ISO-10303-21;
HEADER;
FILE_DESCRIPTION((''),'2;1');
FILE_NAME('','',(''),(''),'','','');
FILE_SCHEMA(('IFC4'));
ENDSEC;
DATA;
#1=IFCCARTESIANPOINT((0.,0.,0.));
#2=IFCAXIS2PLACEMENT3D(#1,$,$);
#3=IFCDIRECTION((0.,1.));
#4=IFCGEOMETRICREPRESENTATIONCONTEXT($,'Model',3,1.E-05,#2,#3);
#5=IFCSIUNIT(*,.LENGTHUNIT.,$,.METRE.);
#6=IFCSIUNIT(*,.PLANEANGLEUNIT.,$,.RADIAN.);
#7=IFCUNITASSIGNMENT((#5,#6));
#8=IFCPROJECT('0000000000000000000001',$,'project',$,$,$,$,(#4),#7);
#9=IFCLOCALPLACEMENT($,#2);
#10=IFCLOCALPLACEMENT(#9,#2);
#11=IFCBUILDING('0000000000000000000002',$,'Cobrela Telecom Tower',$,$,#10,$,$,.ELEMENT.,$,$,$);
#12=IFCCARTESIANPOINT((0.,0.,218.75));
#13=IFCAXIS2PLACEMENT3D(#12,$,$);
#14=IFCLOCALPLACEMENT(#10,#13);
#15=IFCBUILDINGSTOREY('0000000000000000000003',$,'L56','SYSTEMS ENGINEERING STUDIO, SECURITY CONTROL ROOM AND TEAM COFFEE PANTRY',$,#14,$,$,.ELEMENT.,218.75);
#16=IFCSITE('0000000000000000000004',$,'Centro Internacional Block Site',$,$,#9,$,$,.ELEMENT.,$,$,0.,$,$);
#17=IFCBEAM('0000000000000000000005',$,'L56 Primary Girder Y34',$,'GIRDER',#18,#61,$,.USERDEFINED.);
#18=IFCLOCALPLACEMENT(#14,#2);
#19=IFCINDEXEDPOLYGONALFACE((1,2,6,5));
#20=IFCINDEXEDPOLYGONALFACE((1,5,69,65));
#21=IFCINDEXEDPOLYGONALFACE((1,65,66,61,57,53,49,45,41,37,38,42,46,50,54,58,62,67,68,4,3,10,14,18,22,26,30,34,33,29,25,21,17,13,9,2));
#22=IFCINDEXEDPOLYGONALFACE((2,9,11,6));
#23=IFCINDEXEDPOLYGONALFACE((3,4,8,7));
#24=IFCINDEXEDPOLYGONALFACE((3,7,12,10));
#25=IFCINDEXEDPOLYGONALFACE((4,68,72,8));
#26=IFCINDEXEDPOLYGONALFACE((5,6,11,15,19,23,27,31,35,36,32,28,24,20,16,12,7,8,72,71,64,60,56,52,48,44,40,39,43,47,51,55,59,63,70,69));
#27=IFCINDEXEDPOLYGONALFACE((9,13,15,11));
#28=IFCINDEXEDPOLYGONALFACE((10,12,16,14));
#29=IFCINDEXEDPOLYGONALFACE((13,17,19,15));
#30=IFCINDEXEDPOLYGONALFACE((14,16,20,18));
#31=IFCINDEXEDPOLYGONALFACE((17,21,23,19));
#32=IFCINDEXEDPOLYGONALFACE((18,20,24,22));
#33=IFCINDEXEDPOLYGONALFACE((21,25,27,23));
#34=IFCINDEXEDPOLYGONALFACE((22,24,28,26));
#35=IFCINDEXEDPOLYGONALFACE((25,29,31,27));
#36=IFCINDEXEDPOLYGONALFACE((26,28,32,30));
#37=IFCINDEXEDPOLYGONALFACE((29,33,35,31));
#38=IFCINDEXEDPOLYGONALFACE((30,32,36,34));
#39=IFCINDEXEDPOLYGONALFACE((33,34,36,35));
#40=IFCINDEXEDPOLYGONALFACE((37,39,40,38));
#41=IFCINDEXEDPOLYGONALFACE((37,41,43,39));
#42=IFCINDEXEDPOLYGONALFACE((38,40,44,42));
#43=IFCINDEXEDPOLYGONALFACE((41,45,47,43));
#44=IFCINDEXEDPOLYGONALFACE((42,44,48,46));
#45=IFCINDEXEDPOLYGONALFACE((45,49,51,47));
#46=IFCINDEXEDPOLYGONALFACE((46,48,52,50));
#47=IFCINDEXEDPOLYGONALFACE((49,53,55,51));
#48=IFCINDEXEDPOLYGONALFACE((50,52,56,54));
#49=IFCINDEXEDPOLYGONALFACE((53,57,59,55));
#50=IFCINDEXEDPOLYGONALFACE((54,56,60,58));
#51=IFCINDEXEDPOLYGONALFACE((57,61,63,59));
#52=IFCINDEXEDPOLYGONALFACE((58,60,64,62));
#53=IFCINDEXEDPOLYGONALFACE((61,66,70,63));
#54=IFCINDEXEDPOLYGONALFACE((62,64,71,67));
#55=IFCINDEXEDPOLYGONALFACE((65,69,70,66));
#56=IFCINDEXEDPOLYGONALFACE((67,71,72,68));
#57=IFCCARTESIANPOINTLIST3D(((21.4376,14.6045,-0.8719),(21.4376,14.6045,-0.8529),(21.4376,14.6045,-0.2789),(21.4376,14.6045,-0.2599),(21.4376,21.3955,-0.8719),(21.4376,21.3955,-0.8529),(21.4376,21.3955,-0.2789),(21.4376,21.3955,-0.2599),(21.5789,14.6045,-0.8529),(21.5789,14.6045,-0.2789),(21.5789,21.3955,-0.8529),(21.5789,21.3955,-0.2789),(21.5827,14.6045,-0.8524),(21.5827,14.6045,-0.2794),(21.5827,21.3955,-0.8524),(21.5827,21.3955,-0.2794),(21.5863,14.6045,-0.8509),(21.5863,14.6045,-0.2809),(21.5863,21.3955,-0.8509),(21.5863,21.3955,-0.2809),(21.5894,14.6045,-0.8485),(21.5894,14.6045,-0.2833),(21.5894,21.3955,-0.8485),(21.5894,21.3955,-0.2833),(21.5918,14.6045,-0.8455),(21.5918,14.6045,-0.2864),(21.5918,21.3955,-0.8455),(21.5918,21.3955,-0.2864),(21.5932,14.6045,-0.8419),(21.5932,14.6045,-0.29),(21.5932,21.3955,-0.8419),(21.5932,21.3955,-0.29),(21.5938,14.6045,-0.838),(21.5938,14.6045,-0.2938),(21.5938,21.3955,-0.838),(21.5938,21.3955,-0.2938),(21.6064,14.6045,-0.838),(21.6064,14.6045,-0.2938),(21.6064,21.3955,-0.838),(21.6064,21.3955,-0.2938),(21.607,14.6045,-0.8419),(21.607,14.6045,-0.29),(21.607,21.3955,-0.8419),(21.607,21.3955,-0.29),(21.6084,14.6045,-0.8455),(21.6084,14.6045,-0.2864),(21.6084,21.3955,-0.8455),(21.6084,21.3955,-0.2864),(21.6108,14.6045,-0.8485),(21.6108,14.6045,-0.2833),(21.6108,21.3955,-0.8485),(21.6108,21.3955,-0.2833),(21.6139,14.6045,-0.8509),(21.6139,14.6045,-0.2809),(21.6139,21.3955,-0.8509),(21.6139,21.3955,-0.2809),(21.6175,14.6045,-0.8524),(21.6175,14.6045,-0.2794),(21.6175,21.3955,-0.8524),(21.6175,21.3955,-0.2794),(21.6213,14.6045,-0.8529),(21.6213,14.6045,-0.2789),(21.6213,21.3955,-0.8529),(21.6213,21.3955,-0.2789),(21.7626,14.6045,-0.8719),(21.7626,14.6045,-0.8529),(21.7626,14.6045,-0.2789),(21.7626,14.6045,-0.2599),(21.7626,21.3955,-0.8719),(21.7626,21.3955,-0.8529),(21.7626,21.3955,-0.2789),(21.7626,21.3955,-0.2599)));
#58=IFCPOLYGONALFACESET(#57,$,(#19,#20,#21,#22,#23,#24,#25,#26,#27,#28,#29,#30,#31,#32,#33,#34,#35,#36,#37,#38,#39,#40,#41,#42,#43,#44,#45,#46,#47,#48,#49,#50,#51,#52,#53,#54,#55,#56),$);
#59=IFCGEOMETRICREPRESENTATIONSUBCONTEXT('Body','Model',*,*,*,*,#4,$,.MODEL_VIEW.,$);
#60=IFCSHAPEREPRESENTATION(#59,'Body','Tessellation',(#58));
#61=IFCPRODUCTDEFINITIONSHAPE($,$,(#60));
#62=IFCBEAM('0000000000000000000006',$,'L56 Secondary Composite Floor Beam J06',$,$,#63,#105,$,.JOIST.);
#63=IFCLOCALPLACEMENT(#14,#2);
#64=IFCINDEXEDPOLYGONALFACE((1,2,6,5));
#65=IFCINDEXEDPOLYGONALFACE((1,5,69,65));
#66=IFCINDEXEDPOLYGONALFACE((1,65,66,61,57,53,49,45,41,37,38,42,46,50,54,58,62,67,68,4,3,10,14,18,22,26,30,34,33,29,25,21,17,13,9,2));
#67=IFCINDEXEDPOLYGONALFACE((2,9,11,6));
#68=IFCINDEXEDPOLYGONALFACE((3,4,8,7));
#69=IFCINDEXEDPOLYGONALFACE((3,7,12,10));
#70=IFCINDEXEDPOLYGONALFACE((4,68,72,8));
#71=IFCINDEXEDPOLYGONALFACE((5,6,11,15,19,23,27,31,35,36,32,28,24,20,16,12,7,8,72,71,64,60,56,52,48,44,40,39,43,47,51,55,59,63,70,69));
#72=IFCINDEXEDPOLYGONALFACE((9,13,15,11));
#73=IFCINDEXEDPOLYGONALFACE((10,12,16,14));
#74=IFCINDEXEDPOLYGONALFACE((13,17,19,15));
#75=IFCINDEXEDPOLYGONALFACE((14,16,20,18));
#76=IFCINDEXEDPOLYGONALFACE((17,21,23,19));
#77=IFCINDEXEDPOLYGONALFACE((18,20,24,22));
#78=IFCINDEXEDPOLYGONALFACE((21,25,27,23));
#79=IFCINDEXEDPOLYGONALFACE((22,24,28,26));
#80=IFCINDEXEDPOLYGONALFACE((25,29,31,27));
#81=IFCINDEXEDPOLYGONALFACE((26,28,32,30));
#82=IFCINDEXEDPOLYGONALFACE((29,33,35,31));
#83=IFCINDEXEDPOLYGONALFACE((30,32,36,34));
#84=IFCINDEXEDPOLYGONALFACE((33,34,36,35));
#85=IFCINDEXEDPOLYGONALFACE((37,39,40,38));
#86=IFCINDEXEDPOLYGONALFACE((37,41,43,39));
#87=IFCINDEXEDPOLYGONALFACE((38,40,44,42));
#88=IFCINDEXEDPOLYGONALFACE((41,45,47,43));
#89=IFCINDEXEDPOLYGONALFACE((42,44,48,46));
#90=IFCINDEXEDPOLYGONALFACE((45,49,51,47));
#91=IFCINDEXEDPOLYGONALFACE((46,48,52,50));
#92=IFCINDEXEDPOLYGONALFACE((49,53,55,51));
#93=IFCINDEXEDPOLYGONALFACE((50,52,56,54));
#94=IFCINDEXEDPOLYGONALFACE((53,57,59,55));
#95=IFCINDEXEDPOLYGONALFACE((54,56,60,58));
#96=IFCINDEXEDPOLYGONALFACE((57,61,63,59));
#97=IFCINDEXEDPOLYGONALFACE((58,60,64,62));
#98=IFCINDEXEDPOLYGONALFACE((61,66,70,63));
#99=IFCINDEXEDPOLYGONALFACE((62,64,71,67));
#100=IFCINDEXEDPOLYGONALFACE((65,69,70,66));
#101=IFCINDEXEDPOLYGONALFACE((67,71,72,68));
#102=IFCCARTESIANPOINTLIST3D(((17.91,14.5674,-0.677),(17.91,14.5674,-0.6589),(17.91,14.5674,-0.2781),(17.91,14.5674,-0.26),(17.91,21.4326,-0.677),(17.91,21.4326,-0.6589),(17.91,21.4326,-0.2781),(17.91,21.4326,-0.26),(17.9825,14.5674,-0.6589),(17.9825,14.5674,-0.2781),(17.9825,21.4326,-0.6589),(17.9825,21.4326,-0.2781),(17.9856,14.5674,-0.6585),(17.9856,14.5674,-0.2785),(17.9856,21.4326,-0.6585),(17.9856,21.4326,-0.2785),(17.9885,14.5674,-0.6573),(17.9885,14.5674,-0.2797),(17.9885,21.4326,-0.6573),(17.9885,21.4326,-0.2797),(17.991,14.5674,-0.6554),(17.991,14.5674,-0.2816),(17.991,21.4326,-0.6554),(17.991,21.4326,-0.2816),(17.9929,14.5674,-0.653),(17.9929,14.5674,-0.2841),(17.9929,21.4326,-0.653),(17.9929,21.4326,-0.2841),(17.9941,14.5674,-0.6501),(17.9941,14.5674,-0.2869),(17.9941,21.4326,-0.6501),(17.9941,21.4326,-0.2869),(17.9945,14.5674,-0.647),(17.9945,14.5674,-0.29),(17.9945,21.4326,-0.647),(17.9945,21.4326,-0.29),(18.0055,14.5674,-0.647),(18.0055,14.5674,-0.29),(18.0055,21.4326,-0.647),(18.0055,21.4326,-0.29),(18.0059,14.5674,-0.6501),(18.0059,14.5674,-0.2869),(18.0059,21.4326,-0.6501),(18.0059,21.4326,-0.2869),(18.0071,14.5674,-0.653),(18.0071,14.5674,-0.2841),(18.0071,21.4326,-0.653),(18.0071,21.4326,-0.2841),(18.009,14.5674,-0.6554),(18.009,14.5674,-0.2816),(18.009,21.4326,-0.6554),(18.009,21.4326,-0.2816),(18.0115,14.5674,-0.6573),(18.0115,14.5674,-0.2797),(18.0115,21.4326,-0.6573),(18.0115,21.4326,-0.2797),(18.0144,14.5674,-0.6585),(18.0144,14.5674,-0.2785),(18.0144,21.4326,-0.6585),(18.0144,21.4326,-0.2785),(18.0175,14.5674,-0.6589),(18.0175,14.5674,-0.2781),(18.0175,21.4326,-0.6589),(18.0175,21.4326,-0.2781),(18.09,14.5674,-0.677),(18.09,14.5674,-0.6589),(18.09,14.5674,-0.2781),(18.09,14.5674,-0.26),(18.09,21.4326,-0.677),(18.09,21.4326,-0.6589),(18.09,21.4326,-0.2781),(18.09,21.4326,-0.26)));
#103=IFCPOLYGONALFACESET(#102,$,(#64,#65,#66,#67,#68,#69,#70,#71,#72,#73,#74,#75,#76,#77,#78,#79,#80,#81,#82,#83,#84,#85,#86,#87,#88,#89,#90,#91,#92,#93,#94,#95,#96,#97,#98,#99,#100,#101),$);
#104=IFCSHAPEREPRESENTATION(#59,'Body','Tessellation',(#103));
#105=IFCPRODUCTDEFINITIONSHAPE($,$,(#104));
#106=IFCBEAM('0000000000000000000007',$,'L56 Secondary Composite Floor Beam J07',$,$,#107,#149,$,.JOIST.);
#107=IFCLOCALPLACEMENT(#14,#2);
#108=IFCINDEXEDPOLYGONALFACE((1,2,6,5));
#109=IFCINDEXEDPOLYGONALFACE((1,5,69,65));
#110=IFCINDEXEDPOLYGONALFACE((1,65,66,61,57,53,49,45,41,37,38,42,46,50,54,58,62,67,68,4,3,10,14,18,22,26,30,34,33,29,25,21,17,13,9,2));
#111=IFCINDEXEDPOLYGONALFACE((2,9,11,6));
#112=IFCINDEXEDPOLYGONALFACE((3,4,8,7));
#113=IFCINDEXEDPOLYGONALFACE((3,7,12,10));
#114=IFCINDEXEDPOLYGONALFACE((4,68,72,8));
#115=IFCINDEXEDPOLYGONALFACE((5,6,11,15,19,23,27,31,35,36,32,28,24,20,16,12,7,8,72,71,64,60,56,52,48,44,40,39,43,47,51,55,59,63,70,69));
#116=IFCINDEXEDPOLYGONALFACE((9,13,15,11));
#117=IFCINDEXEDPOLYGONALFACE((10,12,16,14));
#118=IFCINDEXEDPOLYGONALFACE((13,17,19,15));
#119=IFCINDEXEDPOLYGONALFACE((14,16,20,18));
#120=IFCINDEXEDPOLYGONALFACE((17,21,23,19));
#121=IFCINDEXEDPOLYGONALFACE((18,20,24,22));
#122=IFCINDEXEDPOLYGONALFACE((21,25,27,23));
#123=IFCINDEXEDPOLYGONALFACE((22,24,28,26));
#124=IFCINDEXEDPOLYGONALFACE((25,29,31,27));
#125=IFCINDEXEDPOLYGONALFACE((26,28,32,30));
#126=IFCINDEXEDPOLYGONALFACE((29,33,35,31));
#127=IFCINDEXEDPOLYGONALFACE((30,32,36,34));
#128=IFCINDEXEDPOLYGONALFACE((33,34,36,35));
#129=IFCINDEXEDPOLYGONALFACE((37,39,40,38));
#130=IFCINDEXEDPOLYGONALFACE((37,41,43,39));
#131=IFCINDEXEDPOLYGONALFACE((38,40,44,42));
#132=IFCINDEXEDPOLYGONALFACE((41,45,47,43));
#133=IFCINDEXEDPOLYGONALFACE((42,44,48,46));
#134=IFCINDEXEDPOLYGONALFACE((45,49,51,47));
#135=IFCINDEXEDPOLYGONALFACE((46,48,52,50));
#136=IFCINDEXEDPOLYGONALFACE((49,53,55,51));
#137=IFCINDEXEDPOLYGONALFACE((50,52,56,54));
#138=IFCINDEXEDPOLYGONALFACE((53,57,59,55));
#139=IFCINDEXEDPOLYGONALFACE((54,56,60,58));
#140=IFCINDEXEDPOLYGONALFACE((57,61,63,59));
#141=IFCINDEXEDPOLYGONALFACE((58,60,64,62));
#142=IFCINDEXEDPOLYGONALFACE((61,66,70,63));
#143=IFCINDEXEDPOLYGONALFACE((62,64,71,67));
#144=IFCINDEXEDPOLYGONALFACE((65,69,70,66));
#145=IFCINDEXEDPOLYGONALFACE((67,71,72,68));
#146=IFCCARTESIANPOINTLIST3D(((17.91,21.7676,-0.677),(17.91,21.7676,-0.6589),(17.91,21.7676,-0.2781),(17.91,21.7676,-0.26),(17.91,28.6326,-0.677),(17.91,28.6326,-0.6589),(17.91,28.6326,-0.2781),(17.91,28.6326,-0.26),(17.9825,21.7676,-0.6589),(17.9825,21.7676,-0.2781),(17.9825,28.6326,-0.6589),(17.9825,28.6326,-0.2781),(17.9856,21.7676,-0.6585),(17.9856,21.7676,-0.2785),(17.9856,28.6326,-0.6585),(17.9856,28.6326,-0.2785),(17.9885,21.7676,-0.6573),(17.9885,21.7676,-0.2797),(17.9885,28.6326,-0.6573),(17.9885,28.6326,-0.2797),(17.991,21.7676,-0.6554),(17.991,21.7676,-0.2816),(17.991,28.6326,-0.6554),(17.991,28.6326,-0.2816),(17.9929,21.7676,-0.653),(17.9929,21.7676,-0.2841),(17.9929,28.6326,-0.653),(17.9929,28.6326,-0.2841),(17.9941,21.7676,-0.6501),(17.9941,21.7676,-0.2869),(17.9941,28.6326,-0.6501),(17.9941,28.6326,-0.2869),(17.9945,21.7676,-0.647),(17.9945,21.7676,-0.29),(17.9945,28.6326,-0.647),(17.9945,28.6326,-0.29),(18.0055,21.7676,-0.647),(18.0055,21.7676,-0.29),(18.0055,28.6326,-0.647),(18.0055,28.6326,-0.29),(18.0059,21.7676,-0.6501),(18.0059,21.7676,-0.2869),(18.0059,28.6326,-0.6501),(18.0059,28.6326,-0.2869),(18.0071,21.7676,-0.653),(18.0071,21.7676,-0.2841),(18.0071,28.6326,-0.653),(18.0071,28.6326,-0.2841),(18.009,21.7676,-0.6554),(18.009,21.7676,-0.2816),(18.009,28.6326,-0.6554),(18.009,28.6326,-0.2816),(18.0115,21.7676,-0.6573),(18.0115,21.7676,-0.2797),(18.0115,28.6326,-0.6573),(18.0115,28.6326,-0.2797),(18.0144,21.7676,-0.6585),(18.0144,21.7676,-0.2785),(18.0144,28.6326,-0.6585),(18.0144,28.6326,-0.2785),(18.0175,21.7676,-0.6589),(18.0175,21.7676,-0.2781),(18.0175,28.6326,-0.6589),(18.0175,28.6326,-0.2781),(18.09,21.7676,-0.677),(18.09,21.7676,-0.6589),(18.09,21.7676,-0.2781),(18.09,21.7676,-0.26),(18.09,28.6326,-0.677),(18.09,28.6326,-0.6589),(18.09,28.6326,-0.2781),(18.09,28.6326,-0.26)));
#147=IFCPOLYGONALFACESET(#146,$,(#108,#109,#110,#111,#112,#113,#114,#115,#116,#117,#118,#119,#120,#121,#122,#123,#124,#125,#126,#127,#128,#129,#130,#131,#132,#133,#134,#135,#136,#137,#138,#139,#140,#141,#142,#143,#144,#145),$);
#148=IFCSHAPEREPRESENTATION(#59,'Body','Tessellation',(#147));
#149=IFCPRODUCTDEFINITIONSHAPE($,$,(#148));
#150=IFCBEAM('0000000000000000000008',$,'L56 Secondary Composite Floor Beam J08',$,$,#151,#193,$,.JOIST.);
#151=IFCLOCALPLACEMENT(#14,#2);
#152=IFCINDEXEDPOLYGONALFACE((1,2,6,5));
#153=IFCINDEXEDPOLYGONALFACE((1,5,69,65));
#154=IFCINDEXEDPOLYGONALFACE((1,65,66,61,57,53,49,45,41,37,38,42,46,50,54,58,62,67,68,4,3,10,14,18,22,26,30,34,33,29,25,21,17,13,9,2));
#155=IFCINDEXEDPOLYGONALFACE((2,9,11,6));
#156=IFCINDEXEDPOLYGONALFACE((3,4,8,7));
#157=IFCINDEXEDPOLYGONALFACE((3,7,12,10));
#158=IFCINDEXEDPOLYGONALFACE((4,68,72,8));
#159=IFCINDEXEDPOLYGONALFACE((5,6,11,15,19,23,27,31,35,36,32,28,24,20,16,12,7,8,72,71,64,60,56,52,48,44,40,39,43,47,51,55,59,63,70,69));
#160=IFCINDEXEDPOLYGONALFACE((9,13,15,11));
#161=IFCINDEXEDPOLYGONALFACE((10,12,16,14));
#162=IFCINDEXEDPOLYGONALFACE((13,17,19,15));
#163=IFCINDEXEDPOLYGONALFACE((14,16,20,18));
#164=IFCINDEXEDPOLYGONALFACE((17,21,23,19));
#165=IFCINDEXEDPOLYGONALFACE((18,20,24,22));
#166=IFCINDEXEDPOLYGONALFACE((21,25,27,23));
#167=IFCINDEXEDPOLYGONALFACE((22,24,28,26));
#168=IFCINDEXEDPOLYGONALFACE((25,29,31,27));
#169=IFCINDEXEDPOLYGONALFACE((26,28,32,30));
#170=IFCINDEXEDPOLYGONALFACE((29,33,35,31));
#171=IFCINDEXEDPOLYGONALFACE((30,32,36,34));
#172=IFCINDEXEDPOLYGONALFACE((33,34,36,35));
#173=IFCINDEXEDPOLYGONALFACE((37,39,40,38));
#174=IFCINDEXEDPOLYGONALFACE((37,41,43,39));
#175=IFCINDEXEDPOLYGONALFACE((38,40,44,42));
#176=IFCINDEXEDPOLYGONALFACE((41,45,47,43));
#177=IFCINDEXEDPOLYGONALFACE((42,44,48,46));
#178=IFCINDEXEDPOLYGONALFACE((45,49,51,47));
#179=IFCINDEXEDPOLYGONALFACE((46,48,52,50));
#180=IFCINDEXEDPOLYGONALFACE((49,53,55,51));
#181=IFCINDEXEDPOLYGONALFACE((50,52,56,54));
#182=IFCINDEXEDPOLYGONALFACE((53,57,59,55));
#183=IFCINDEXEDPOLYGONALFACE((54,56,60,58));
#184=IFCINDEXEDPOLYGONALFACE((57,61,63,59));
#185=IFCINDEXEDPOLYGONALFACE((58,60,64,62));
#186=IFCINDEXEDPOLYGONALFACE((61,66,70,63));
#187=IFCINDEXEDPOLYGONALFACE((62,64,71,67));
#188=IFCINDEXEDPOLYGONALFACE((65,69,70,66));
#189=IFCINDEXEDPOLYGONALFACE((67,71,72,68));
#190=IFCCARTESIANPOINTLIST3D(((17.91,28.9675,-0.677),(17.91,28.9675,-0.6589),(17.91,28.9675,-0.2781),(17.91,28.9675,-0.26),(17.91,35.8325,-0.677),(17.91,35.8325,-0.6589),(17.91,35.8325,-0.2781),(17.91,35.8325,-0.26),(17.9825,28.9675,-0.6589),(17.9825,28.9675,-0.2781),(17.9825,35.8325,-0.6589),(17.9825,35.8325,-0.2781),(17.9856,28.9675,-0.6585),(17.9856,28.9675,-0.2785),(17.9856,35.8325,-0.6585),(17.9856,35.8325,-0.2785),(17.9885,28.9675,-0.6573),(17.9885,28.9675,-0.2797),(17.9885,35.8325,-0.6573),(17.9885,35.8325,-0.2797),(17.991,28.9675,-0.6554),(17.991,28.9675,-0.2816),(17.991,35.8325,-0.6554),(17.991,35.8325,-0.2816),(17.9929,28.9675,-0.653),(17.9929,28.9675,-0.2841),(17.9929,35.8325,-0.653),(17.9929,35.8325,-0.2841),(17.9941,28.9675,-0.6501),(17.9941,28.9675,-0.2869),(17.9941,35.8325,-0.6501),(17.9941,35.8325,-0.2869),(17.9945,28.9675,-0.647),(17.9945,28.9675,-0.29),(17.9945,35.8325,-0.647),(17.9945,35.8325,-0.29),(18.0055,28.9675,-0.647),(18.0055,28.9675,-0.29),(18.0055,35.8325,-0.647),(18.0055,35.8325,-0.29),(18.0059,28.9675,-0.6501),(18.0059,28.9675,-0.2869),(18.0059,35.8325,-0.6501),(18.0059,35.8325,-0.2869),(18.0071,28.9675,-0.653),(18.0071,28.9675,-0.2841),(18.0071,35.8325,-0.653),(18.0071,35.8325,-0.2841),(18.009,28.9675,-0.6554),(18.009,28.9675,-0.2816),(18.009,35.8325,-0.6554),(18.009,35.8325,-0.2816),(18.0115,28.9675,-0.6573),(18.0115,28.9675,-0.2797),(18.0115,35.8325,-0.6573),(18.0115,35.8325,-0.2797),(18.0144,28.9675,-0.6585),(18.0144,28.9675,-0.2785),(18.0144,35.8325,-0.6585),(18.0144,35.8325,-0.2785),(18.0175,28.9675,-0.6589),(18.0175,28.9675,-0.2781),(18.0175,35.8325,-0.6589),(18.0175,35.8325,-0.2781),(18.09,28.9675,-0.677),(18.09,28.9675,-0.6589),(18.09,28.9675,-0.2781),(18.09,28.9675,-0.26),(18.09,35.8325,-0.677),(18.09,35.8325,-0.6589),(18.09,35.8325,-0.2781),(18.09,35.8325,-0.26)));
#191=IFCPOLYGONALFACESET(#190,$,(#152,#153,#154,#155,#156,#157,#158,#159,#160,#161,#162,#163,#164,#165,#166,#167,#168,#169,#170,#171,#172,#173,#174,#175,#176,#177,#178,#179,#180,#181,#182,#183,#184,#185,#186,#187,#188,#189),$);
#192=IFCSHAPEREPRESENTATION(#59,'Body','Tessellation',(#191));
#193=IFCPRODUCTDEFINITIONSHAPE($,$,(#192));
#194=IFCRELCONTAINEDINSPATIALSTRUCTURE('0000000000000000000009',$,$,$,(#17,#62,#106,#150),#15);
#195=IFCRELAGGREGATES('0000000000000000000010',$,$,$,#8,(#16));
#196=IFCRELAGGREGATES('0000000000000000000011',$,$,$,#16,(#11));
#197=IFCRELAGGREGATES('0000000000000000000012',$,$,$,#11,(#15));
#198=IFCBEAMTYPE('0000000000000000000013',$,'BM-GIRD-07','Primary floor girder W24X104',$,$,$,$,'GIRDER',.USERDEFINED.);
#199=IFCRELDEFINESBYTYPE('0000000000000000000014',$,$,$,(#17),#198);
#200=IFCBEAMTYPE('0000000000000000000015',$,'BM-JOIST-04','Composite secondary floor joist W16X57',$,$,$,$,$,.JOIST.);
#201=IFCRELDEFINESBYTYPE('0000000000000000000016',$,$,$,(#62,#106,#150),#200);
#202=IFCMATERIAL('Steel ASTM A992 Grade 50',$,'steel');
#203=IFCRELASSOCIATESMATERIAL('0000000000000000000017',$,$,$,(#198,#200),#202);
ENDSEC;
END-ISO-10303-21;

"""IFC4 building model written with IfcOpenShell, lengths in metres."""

from ifc_helpers import new_model, si_unit, direction, frame, origin, origin_2d, place, context, subcontext, project, spatial, i_section, extrude, material, material_profile, profile_set, type_object, element, save


model = new_model("IFC4")

# Units and contexts
model_context = context("Model", 3, precision=1e-05, world=origin(), true_north=direction((0.0, 1.0)))
body_context = subcontext(model_context, "Body", "Model", "MODEL_VIEW")
ifc_project = project(units=[si_unit("LENGTHUNIT", "METRE"), si_unit("PLANEANGLEUNIT", "RADIAN")], contexts=[model_context])

# Site, building, storey
site_placement = place(None, origin())
site = spatial("IfcSite", under=ifc_project, at=site_placement, Name="Centro Internacional Block Site", CompositionType="ELEMENT", RefElevation=0.0)
building_placement = place(site_placement, origin())
building = spatial("IfcBuilding", under=site, at=building_placement, Name="Cobrela Telecom Tower", CompositionType="ELEMENT")
storey_placement = place(building_placement, frame((0.0, 0.0, 218.75)))
storey = spatial("IfcBuildingStorey", under=building, at=storey_placement, Name="L56", Description="SYSTEMS ENGINEERING STUDIO, SECURITY CONTROL ROOM AND TEAM COFFEE PANTRY", CompositionType="ELEMENT", Elevation=218.75)

# Shared definitions
ifc_material_1 = material(Name="Steel ASTM A992 Grade 50", Category="steel")

# Beams
ifc_material_profile_1 = material_profile(ifc_material_1, i_section(OverallWidth=0.325, OverallDepth=0.6121, WebThickness=0.0127, FlangeThickness=0.019, FilletRadius=0.0149, at=origin_2d()), Name="W24X104")
ifc_profile_set_1 = profile_set([ifc_material_profile_1], Name="Steel ASTM A992 Grade 50")
beam_type_1 = type_object("IfcBeamType", Name="BM-GIRD-07", Description="Primary floor girder W24X104", ElementType="GIRDER", PredefinedType="USERDEFINED", material=ifc_profile_set_1)
for number, where, z_axis, x_axis, name in (
    (1, (21.6001, 14.6045, -0.5659), (0.0, 1.0, 0.0), (-1.0, 0.0, 0.0), "L56 Primary Girder Y34"),
):
    element("IfcBeam", number, at=place(storey_placement, frame(where, z_axis=z_axis, x_axis=x_axis)), inside=storey, type_object=beam_type_1, Name=name, ObjectType="GIRDER", PredefinedType="USERDEFINED", context=body_context, shape_type="SweptSolid", body=[
        extrude(i_section(OverallWidth=0.325, OverallDepth=0.6121, WebThickness=0.0127, FlangeThickness=0.019, FilletRadius=0.0149, at=origin_2d()), origin(), (0.0, 0.0, 1.0), 6.791),
    ])
ifc_material_profile_2 = material_profile(ifc_material_1, i_section(OverallWidth=0.1799, OverallDepth=0.417, WebThickness=0.011, FlangeThickness=0.0181, FilletRadius=0.012, at=origin_2d()), Name="W16X57")
ifc_profile_set_2 = profile_set([ifc_material_profile_2], Name="Steel ASTM A992 Grade 50")
beam_type_2 = type_object("IfcBeamType", Name="BM-JOIST-04", Description="Composite secondary floor joist W16X57", PredefinedType="JOIST", material=ifc_profile_set_2)
beam_1_placement = place(storey_placement, frame((18.0, 14.5674, -0.4685), z_axis=(0.0, 1.0, 0.0), x_axis=(-1.0, 0.0, 0.0)))
element("IfcBeam", 2, at=beam_1_placement, inside=storey, type_object=beam_type_2, Name="L56 Secondary Composite Floor Beam J06", PredefinedType="JOIST", context=body_context, shape_type="SweptSolid", body=[
    extrude(i_section(OverallWidth=0.1799, OverallDepth=0.417, WebThickness=0.011, FlangeThickness=0.0181, FilletRadius=0.012, at=origin_2d()), origin(), (0.0, 0.0, 1.0), 6.8652),
])
for number, where, z_axis, x_axis, name in (
    (3, (18.0, 21.7676, -0.4685), (0.0, 1.0, 0.0), (-1.0, 0.0, 0.0), "L56 Secondary Composite Floor Beam J07"),
    (4, (18.0, 28.9675, -0.4685), (0.0, 1.0, 0.0), (-1.0, 0.0, 0.0), "L56 Secondary Composite Floor Beam J08"),
):
    element("IfcBeam", number, at=place(storey_placement, frame(where, z_axis=z_axis, x_axis=x_axis)), inside=storey, type_object=beam_type_2, Name=name, PredefinedType="JOIST", context=body_context, shape_type="SweptSolid", body=[
        extrude(i_section(OverallWidth=0.1799, OverallDepth=0.417, WebThickness=0.011, FlangeThickness=0.0181, FilletRadius=0.012, at=origin_2d()), origin(), (0.0, 0.0, 1.0), 6.865),
    ])

save(model, "model.ifc")
